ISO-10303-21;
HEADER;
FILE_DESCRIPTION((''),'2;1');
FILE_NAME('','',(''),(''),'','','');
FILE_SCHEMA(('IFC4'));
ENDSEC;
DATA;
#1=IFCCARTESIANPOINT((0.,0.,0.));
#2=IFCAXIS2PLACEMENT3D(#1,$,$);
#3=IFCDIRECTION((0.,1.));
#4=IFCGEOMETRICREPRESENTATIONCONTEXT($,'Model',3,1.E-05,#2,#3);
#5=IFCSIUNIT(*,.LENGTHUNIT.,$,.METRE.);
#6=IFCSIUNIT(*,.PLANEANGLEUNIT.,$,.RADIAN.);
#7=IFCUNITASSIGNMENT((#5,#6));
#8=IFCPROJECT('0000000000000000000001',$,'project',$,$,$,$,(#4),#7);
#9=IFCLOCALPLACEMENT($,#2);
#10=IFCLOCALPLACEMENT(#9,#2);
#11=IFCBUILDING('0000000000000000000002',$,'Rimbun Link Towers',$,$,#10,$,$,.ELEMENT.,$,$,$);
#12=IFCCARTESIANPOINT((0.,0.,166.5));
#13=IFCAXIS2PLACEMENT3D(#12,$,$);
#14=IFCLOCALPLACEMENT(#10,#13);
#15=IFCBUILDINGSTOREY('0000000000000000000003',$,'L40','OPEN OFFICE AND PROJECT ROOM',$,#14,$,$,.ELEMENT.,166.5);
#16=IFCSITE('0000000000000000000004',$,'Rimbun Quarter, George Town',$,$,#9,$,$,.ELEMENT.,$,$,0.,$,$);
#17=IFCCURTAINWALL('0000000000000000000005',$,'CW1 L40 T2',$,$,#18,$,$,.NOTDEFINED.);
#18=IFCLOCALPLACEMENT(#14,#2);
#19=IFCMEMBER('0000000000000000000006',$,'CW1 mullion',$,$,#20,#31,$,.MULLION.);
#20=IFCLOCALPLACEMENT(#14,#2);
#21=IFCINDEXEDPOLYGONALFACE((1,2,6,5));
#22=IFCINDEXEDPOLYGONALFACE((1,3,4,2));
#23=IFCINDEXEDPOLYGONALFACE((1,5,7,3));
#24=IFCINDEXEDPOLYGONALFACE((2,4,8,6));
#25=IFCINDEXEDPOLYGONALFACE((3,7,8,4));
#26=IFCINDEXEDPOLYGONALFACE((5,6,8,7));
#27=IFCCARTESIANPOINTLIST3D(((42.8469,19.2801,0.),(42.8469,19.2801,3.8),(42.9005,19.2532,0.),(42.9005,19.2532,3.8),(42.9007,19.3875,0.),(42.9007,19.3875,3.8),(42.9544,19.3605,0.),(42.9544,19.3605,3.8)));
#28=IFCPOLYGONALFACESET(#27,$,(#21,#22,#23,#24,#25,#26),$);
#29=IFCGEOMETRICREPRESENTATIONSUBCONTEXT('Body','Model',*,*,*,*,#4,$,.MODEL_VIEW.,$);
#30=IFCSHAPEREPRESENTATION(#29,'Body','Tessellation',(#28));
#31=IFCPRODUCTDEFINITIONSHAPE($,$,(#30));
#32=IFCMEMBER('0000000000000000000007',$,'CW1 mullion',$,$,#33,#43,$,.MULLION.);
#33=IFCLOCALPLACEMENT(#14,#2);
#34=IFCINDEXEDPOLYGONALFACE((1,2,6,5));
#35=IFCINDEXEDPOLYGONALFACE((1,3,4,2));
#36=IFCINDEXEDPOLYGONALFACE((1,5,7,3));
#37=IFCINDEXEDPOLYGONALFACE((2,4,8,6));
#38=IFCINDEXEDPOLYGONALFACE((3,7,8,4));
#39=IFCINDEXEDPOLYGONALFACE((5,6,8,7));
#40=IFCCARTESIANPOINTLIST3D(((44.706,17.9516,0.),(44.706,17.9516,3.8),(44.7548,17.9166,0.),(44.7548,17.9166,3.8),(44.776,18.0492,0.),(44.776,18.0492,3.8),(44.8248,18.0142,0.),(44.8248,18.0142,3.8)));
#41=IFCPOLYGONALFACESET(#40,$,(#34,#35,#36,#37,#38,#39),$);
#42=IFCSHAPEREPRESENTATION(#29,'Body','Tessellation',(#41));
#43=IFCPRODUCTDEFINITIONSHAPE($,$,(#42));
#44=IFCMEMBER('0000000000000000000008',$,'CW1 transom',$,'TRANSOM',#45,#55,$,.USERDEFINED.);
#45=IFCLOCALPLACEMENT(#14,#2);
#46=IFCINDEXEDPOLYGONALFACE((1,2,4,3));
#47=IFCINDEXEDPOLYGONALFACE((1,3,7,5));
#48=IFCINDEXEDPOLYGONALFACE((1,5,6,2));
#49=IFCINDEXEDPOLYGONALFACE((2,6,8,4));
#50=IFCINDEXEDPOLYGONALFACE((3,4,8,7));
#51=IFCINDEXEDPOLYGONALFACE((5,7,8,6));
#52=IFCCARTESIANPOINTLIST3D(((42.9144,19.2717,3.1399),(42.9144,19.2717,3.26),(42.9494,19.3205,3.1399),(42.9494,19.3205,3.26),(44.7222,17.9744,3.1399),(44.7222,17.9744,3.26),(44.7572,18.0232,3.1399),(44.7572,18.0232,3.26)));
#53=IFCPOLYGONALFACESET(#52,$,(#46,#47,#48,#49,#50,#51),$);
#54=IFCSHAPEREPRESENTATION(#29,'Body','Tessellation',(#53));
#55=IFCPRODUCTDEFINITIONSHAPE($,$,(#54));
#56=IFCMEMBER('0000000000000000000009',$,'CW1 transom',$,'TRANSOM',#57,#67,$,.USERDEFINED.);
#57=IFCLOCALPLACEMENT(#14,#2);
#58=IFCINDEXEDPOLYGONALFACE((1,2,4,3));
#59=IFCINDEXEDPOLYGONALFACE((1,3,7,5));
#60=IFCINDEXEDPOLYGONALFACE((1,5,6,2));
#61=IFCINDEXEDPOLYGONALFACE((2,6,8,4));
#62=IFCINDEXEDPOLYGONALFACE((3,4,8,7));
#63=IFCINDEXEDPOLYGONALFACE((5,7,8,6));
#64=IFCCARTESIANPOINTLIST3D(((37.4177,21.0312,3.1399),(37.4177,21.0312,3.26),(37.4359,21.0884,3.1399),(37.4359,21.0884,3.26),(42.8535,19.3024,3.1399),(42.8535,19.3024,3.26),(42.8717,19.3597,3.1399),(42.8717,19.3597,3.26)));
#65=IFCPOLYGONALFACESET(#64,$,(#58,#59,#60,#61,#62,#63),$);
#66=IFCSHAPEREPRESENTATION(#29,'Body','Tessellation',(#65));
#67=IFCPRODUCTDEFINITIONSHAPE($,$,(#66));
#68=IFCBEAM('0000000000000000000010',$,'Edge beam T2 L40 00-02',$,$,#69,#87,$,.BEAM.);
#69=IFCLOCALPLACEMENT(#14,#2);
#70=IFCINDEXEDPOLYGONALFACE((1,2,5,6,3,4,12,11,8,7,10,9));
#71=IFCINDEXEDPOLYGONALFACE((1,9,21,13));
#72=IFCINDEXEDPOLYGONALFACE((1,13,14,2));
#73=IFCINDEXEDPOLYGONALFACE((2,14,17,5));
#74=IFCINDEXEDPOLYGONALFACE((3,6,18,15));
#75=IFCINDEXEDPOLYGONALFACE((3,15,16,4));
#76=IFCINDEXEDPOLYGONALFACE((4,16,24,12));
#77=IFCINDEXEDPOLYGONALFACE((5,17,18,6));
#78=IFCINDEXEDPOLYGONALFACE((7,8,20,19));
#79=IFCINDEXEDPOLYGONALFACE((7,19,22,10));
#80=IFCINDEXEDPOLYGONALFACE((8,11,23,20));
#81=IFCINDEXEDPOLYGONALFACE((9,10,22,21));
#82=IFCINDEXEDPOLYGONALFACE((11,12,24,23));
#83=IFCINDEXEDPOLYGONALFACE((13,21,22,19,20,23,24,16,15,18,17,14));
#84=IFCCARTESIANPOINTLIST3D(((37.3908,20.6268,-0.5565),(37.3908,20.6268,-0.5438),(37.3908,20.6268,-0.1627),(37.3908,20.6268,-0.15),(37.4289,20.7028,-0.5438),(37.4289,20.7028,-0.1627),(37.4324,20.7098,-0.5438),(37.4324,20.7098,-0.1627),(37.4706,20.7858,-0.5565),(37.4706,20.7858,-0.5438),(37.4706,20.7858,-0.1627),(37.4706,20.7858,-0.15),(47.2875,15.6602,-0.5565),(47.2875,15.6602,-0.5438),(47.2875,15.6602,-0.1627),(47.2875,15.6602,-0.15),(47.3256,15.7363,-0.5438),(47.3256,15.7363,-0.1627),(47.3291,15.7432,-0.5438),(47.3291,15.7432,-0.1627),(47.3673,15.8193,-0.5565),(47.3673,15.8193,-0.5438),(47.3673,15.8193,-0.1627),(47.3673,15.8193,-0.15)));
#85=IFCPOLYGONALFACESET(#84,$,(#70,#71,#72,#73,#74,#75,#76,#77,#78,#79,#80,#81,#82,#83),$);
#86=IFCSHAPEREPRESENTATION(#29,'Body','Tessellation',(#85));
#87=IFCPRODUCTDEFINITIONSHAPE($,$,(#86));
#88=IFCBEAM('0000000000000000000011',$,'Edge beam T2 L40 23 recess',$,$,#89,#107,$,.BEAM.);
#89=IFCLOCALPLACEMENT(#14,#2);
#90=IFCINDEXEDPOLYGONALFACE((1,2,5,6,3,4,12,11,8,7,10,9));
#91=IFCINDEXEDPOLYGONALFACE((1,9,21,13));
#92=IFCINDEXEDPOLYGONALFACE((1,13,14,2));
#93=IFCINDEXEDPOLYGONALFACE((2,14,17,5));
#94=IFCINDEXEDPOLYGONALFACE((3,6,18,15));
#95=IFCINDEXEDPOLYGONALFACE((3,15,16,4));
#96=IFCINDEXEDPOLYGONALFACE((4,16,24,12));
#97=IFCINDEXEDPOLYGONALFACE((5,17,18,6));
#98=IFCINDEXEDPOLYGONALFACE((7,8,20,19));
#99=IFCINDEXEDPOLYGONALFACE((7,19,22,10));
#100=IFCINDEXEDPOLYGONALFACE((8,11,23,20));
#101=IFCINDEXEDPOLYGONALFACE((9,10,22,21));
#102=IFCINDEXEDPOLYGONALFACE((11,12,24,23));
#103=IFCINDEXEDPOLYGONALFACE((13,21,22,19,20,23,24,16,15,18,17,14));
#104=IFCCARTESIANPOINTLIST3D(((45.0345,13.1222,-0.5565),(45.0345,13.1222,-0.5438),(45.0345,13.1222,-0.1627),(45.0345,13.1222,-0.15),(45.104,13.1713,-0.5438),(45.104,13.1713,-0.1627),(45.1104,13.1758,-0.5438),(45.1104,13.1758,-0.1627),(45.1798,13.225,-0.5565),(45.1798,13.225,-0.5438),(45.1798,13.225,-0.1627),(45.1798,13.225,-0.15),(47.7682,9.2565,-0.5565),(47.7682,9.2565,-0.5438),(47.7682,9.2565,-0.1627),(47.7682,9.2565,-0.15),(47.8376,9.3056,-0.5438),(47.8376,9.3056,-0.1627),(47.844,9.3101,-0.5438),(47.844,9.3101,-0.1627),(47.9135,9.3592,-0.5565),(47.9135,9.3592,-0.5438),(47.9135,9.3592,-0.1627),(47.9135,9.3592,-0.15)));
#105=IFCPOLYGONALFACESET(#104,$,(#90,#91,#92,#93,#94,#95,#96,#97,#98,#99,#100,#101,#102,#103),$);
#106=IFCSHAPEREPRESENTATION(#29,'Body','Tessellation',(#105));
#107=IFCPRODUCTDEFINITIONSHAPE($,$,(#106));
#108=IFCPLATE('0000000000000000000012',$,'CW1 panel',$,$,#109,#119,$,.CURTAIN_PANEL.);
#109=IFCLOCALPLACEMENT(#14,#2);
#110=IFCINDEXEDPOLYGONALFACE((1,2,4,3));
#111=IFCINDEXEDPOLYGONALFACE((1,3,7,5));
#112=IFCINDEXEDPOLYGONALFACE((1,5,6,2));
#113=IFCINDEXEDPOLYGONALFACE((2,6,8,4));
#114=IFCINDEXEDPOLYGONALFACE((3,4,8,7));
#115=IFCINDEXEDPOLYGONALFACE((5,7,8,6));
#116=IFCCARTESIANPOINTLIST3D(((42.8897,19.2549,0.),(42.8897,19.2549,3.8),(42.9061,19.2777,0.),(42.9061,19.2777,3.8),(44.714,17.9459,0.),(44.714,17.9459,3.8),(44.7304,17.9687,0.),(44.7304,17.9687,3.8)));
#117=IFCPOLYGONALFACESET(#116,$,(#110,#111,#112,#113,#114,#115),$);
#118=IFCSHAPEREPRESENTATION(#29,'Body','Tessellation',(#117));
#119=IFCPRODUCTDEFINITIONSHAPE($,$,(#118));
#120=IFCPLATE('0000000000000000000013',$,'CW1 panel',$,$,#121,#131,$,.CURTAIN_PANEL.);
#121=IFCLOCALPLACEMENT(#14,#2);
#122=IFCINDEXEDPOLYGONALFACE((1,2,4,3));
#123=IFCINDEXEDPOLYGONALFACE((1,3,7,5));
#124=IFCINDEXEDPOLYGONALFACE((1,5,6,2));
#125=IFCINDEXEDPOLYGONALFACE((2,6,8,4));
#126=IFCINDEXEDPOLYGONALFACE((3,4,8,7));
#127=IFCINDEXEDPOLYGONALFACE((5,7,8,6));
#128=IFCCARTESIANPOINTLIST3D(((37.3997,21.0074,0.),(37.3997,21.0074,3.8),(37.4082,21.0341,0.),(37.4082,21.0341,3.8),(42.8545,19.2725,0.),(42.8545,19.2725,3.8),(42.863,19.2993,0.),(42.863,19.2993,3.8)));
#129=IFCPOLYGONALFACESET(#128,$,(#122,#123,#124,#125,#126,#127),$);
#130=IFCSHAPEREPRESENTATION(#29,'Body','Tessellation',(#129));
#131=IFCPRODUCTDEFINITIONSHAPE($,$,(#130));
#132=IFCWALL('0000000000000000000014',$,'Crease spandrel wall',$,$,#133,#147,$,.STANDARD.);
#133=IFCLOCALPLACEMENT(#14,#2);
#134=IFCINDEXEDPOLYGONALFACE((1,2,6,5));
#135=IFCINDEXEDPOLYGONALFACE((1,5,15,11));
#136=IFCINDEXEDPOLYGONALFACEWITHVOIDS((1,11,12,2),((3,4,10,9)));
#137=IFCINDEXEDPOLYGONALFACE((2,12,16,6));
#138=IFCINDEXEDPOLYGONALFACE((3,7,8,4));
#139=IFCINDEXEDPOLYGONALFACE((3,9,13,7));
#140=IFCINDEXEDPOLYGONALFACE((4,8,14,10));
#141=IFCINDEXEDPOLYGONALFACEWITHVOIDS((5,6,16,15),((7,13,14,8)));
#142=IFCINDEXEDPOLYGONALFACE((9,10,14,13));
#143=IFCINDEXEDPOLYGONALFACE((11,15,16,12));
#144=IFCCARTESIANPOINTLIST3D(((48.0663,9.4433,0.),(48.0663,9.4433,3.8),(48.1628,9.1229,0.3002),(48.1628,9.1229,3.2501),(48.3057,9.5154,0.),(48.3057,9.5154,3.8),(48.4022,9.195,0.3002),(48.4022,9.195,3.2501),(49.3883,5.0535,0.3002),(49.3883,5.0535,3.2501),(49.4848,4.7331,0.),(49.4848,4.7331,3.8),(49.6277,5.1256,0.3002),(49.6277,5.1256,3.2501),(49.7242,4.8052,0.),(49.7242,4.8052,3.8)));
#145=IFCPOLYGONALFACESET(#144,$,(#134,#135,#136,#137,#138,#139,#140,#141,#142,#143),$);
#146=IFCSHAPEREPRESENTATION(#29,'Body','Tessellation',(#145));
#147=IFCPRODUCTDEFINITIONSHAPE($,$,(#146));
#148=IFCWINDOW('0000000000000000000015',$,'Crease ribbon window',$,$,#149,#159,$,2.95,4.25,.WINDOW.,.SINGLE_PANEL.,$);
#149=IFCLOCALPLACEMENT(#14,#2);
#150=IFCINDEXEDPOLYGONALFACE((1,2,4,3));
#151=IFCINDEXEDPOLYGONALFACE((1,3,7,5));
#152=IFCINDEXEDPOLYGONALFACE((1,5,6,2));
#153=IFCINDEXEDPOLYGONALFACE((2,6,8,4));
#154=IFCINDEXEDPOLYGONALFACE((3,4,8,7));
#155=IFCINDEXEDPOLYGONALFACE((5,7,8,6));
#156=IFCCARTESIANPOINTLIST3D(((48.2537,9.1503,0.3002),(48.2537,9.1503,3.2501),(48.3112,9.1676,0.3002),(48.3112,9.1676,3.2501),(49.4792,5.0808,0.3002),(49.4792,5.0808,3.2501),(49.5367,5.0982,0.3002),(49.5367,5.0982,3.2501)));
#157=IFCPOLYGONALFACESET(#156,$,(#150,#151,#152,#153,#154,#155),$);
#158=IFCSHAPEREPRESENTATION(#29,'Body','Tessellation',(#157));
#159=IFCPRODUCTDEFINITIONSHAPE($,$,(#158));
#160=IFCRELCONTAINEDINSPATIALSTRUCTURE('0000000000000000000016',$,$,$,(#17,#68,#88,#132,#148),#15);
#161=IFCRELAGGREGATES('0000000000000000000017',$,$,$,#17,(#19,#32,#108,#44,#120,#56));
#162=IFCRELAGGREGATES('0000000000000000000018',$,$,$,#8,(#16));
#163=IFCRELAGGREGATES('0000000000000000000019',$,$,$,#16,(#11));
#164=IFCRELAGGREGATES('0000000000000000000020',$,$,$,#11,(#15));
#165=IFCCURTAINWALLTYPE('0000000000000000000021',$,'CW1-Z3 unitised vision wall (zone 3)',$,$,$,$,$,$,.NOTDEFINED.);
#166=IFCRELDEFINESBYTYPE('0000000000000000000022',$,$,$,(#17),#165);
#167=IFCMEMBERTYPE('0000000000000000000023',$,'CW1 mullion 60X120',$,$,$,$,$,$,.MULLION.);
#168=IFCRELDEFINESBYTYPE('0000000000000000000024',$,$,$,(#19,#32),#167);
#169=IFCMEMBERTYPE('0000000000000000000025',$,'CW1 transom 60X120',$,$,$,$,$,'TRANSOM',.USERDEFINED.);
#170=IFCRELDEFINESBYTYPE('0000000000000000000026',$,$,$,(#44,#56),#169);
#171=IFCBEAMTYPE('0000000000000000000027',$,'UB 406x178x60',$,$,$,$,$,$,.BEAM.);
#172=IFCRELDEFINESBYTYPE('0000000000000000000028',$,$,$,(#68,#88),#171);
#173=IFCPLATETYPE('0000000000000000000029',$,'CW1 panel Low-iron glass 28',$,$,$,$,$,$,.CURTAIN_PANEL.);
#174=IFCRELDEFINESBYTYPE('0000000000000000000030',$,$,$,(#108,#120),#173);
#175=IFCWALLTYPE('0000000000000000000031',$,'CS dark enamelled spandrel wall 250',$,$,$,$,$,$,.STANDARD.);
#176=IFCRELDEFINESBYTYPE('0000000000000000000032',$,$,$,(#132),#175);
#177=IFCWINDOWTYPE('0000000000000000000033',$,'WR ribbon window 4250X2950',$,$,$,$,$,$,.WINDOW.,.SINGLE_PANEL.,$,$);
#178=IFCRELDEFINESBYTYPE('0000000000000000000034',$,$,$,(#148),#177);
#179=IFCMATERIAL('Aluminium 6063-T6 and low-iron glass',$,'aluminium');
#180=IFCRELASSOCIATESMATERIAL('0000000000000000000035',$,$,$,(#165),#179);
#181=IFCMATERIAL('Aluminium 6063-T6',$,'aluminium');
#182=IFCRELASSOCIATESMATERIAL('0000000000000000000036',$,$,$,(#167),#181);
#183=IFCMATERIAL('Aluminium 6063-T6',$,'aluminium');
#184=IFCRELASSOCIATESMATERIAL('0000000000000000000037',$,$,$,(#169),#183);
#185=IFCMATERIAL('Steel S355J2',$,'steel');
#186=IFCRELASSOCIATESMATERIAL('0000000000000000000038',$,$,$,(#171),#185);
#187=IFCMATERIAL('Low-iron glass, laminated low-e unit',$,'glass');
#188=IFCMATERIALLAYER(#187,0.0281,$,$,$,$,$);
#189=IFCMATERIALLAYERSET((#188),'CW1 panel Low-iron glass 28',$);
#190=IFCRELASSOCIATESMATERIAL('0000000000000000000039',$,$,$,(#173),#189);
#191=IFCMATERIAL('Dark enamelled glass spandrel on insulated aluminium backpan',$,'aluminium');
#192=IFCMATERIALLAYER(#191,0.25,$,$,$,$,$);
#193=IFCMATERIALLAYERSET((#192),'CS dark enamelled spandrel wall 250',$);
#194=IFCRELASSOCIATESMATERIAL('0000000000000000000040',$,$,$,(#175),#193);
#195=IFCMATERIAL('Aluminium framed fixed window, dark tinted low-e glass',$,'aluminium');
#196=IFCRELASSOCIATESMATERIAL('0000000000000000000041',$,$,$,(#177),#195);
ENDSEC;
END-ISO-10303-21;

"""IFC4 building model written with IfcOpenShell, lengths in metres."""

from ifc_helpers import new_model, si_unit, direction, frame, frame_2d, origin, origin_2d, place, context, subcontext, project, spatial, rectangle, i_section, extrude, material, layer, layer_set, material_profile, profile_set, type_object, element, fill, aggregate, save


model = new_model("IFC4")

# Units and contexts
model_context = context("Model", 3, precision=1e-05, world=origin(), true_north=direction((0.0, 1.0)))
body_context = subcontext(model_context, "Body", "Model", "MODEL_VIEW")
ifc_project = project(units=[si_unit("LENGTHUNIT", "METRE"), si_unit("PLANEANGLEUNIT", "RADIAN")], contexts=[model_context])

# Site, building, storey
site_placement = place(None, origin())
site = spatial("IfcSite", under=ifc_project, at=site_placement, Name="Rimbun Quarter, George Town", CompositionType="ELEMENT", RefElevation=0.0)
building_placement = place(site_placement, origin())
building = spatial("IfcBuilding", under=site, at=building_placement, Name="Rimbun Link Towers", CompositionType="ELEMENT")
storey_placement = place(building_placement, frame((0.0, 0.0, 166.5)))
storey = spatial("IfcBuildingStorey", under=building, at=storey_placement, Name="L40", Description="OPEN OFFICE AND PROJECT ROOM", CompositionType="ELEMENT", Elevation=166.5)

# Curtain wall, members
ifc_material_1 = material(Name="Aluminium 6063-T6 and low-iron glass", Category="aluminium")
curtain_wall_type = type_object("IfcCurtainWallType", Name="CW1-Z3 unitised vision wall (zone 3)", PredefinedType="NOTDEFINED", material=ifc_material_1)
curtain_wall_placement = place(storey_placement, origin())
curtain_wall = element("IfcCurtainWall", 1, at=curtain_wall_placement, inside=storey, type_object=curtain_wall_type, Name="CW1 L40 T2", PredefinedType="NOTDEFINED")
ifc_material_2 = material(Name="Aluminium 6063-T6", Category="aluminium")
ifc_material_profile_1 = material_profile(ifc_material_2, rectangle(XDim=0.1201, YDim=0.0601, at=origin_2d()), Name="MULLION 60X120")
ifc_profile_set_1 = profile_set([ifc_material_profile_1], Name="Aluminium 6063-T6")
member_type_1 = type_object("IfcMemberType", Name="CW1 mullion 60X120", PredefinedType="MULLION", material=ifc_profile_set_1)
member_1_placement = place(storey_placement, frame((42.9006, 19.3203, 0.0), z_axis=(0.0, 0.0, 1.0), x_axis=(0.448577, 0.893744, 0.0)))
member_1 = element("IfcMember", 2, at=member_1_placement, type_object=member_type_1, Name="CW1 mullion", PredefinedType="MULLION", context=body_context, shape_type="SweptSolid", body=[
    extrude(rectangle(XDim=0.1201, YDim=0.0601, at=origin_2d()), origin(), (0.0, 0.0, 1.0), 3.8),
])
member_2_placement = place(storey_placement, frame((44.7654, 17.9829, 0.0), z_axis=(0.0, 0.0, 1.0), x_axis=(0.583004, 0.812469, 0.0)))
member_2 = element("IfcMember", 3, at=member_2_placement, type_object=member_type_1, Name="CW1 mullion", PredefinedType="MULLION", context=body_context, shape_type="SweptSolid", body=[
    extrude(rectangle(XDim=0.1201, YDim=0.0601, at=origin_2d()), origin(), (0.0, 0.0, 1.0), 3.8),
])
ifc_material_3 = material(Name="Aluminium 6063-T6", Category="aluminium")
ifc_material_profile_2 = material_profile(ifc_material_3, rectangle(XDim=0.0601, YDim=0.1201, at=origin_2d()), Name="TRANSOM 60X120")
ifc_profile_set_2 = profile_set([ifc_material_profile_2], Name="Aluminium 6063-T6")
member_type_2 = type_object("IfcMemberType", Name="CW1 transom 60X120", ElementType="TRANSOM", PredefinedType="USERDEFINED", material=ifc_profile_set_2)
member_3_placement = place(storey_placement, frame((42.9319, 19.2961, 3.2), z_axis=(0.812449, -0.583032, 0.0), x_axis=(0.583032, 0.812449, 0.0)))
member_3 = element("IfcMember", 4, at=member_3_placement, type_object=member_type_2, Name="CW1 transom", ObjectType="TRANSOM", PredefinedType="USERDEFINED", context=body_context, shape_type="SweptSolid", body=[
    extrude(rectangle(XDim=0.0601, YDim=0.1201, at=origin_2d()), origin(), (0.0, 0.0, 1.0), 2.2251),
])
member_4_placement = place(storey_placement, frame((37.4268, 21.0598, 3.2), z_axis=(0.952967, -0.303075, 0.0), x_axis=(0.303075, 0.952967, 0.0)))
member_4 = element("IfcMember", 5, at=member_4_placement, type_object=member_type_2, Name="CW1 transom", ObjectType="TRANSOM", PredefinedType="USERDEFINED", context=body_context, shape_type="SweptSolid", body=[
    extrude(rectangle(XDim=0.0601, YDim=0.1201, at=origin_2d()), origin(), (0.0, 0.0, 1.0), 5.7041),
])

# Beams
ifc_material_4 = material(Name="Steel S355J2", Category="steel")
ifc_material_profile_3 = material_profile(ifc_material_4, i_section(OverallWidth=0.178, OverallDepth=0.4065, WebThickness=0.0078, FlangeThickness=0.0127, at=origin_2d()), Name="UB 406x178x60")
ifc_profile_set_3 = profile_set([ifc_material_profile_3], Name="Steel S355J2")
beam_type = type_object("IfcBeamType", Name="UB 406x178x60", PredefinedType="BEAM", material=ifc_profile_set_3)
beam_1_placement = place(storey_placement, frame((47.3274, 15.7397, -0.3533), z_axis=(-0.893769, 0.448527, 0.0), x_axis=(-0.448527, -0.893769, 0.0)))
element("IfcBeam", 6, at=beam_1_placement, inside=storey, type_object=beam_type, Name="Edge beam T2 L40 00-02", PredefinedType="BEAM", context=body_context, shape_type="SweptSolid", body=[
    extrude(i_section(OverallWidth=0.178, OverallDepth=0.4065, WebThickness=0.0078, FlangeThickness=0.0127, at=origin_2d()), origin(), (0.0, 0.0, 1.0), 11.073),
])
beam_2_placement = place(storey_placement, frame((47.8408, 9.3079, -0.3533), z_axis=(-0.577373, 0.81648, 0.0), x_axis=(-0.81648, -0.577373, 0.0)))
element("IfcBeam", 7, at=beam_2_placement, inside=storey, type_object=beam_type, Name="Edge beam T2 L40 23 recess", PredefinedType="BEAM", context=body_context, shape_type="SweptSolid", body=[
    extrude(i_section(OverallWidth=0.178, OverallDepth=0.4065, WebThickness=0.0078, FlangeThickness=0.0127, at=origin_2d()), origin(), (0.0, 0.0, 1.0), 4.7346),
])

# Plates
ifc_material_5 = material(Name="Low-iron glass, laminated low-e unit", Category="glass")
ifc_layer_1 = layer(ifc_material_5, 0.0281)
ifc_layer_set_1 = layer_set([ifc_layer_1], Name="CW1 panel Low-iron glass 28")
plate_type = type_object("IfcPlateType", Name="CW1 panel Low-iron glass 28", PredefinedType="CURTAIN_PANEL", material=ifc_layer_set_1)
plate_1_placement = place(storey_placement, frame((43.8101, 18.6118, 0.0), z_axis=(0.0, 0.0, 1.0), x_axis=(0.812469, -0.583004, 0.0)))
plate_1 = element("IfcPlate", 8, at=plate_1_placement, type_object=plate_type, Name="CW1 panel", PredefinedType="CURTAIN_PANEL", context=body_context, shape_type="SweptSolid", body=[
    extrude(rectangle(XDim=2.2454, YDim=0.0281, at=origin_2d()), origin(), (0.0, 0.0, 1.0), 3.8),
])
plate_2_placement = place(storey_placement, frame((40.1313, 20.1533, 0.0), z_axis=(0.0, 0.0, 1.0), x_axis=(0.952965, -0.303082, 0.0)))
plate_2 = element("IfcPlate", 9, at=plate_2_placement, type_object=plate_type, Name="CW1 panel", PredefinedType="CURTAIN_PANEL", context=body_context, shape_type="SweptSolid", body=[
    extrude(rectangle(XDim=5.7241, YDim=0.0281, at=origin_2d()), origin(), (0.0, 0.0, 1.0), 3.8),
])
aggregate(curtain_wall, [member_1, member_2, plate_1, member_3, plate_2, member_4])

# Wall, opening, window
ifc_material_6 = material(Name="Dark enamelled glass spandrel on insulated aluminium backpan", Category="aluminium")
ifc_layer_2 = layer(ifc_material_6, 0.25)
ifc_layer_set_2 = layer_set([ifc_layer_2], Name="CS dark enamelled spandrel wall 250")
wall_type_1 = type_object("IfcWallType", Name="CS dark enamelled spandrel wall 250", PredefinedType="STANDARD", material=ifc_layer_set_2)
wall_1_placement = place(storey_placement, frame((48.186, 9.4792, 0.0), z_axis=(0.0, 0.0, 1.0), x_axis=(0.288354, -0.957524, 0.0)))
wall_1 = element("IfcWall", 10, at=wall_1_placement, inside=storey, type_object=wall_type_1, Name="Crease spandrel wall", PredefinedType="STANDARD", context=body_context, shape_type="SweptSolid", body=[
    extrude(rectangle(XDim=4.9192, YDim=0.25, at=frame_2d((2.4595, 0.0))), origin(), (0.0, 0.0, 1.0), 3.8),
])
opening_1_placement = place(wall_1_placement, frame((0.3345, 0.0, 0.3)))
opening_1 = element("IfcOpeningElement", 11, at=opening_1_placement, cuts=wall_1, PredefinedType="OPENING", context=body_context, shape_type="SweptSolid", body=[
    extrude(rectangle(XDim=4.25, YDim=2.95, at=frame_2d((2.125, 1.4751))), frame((0.0, 0.135, 0.0), z_axis=(0.0, -1.0, 0.0), x_axis=(1.0, 0.0, 0.0)), (0.0, 0.0, 1.0), 0.27),
])
ifc_material_7 = material(Name="Aluminium framed fixed window, dark tinted low-e glass", Category="aluminium")
window_type_1 = type_object("IfcWindowType", Name="WR ribbon window 4250X2950", PartitioningType="SINGLE_PANEL", PredefinedType="WINDOW", material=ifc_material_7)
window_1_placement = place(opening_1_placement, origin())
window_1 = element("IfcWindow", 12, at=window_1_placement, inside=storey, type_object=window_type_1, Name="Crease ribbon window", OverallHeight=2.95, OverallWidth=4.25, PartitioningType="SINGLE_PANEL", PredefinedType="WINDOW", context=body_context, shape_type="SweptSolid", body=[
    extrude(rectangle(XDim=4.25, YDim=2.95, at=frame_2d((2.125, 1.4751))), frame((0.0, 0.03, 0.0), z_axis=(0.0, -1.0, 0.0), x_axis=(1.0, 0.0, 0.0)), (0.0, 0.0, 1.0), 0.0601),
])
fill(opening_1, window_1)

save(model, "model.ifc")
